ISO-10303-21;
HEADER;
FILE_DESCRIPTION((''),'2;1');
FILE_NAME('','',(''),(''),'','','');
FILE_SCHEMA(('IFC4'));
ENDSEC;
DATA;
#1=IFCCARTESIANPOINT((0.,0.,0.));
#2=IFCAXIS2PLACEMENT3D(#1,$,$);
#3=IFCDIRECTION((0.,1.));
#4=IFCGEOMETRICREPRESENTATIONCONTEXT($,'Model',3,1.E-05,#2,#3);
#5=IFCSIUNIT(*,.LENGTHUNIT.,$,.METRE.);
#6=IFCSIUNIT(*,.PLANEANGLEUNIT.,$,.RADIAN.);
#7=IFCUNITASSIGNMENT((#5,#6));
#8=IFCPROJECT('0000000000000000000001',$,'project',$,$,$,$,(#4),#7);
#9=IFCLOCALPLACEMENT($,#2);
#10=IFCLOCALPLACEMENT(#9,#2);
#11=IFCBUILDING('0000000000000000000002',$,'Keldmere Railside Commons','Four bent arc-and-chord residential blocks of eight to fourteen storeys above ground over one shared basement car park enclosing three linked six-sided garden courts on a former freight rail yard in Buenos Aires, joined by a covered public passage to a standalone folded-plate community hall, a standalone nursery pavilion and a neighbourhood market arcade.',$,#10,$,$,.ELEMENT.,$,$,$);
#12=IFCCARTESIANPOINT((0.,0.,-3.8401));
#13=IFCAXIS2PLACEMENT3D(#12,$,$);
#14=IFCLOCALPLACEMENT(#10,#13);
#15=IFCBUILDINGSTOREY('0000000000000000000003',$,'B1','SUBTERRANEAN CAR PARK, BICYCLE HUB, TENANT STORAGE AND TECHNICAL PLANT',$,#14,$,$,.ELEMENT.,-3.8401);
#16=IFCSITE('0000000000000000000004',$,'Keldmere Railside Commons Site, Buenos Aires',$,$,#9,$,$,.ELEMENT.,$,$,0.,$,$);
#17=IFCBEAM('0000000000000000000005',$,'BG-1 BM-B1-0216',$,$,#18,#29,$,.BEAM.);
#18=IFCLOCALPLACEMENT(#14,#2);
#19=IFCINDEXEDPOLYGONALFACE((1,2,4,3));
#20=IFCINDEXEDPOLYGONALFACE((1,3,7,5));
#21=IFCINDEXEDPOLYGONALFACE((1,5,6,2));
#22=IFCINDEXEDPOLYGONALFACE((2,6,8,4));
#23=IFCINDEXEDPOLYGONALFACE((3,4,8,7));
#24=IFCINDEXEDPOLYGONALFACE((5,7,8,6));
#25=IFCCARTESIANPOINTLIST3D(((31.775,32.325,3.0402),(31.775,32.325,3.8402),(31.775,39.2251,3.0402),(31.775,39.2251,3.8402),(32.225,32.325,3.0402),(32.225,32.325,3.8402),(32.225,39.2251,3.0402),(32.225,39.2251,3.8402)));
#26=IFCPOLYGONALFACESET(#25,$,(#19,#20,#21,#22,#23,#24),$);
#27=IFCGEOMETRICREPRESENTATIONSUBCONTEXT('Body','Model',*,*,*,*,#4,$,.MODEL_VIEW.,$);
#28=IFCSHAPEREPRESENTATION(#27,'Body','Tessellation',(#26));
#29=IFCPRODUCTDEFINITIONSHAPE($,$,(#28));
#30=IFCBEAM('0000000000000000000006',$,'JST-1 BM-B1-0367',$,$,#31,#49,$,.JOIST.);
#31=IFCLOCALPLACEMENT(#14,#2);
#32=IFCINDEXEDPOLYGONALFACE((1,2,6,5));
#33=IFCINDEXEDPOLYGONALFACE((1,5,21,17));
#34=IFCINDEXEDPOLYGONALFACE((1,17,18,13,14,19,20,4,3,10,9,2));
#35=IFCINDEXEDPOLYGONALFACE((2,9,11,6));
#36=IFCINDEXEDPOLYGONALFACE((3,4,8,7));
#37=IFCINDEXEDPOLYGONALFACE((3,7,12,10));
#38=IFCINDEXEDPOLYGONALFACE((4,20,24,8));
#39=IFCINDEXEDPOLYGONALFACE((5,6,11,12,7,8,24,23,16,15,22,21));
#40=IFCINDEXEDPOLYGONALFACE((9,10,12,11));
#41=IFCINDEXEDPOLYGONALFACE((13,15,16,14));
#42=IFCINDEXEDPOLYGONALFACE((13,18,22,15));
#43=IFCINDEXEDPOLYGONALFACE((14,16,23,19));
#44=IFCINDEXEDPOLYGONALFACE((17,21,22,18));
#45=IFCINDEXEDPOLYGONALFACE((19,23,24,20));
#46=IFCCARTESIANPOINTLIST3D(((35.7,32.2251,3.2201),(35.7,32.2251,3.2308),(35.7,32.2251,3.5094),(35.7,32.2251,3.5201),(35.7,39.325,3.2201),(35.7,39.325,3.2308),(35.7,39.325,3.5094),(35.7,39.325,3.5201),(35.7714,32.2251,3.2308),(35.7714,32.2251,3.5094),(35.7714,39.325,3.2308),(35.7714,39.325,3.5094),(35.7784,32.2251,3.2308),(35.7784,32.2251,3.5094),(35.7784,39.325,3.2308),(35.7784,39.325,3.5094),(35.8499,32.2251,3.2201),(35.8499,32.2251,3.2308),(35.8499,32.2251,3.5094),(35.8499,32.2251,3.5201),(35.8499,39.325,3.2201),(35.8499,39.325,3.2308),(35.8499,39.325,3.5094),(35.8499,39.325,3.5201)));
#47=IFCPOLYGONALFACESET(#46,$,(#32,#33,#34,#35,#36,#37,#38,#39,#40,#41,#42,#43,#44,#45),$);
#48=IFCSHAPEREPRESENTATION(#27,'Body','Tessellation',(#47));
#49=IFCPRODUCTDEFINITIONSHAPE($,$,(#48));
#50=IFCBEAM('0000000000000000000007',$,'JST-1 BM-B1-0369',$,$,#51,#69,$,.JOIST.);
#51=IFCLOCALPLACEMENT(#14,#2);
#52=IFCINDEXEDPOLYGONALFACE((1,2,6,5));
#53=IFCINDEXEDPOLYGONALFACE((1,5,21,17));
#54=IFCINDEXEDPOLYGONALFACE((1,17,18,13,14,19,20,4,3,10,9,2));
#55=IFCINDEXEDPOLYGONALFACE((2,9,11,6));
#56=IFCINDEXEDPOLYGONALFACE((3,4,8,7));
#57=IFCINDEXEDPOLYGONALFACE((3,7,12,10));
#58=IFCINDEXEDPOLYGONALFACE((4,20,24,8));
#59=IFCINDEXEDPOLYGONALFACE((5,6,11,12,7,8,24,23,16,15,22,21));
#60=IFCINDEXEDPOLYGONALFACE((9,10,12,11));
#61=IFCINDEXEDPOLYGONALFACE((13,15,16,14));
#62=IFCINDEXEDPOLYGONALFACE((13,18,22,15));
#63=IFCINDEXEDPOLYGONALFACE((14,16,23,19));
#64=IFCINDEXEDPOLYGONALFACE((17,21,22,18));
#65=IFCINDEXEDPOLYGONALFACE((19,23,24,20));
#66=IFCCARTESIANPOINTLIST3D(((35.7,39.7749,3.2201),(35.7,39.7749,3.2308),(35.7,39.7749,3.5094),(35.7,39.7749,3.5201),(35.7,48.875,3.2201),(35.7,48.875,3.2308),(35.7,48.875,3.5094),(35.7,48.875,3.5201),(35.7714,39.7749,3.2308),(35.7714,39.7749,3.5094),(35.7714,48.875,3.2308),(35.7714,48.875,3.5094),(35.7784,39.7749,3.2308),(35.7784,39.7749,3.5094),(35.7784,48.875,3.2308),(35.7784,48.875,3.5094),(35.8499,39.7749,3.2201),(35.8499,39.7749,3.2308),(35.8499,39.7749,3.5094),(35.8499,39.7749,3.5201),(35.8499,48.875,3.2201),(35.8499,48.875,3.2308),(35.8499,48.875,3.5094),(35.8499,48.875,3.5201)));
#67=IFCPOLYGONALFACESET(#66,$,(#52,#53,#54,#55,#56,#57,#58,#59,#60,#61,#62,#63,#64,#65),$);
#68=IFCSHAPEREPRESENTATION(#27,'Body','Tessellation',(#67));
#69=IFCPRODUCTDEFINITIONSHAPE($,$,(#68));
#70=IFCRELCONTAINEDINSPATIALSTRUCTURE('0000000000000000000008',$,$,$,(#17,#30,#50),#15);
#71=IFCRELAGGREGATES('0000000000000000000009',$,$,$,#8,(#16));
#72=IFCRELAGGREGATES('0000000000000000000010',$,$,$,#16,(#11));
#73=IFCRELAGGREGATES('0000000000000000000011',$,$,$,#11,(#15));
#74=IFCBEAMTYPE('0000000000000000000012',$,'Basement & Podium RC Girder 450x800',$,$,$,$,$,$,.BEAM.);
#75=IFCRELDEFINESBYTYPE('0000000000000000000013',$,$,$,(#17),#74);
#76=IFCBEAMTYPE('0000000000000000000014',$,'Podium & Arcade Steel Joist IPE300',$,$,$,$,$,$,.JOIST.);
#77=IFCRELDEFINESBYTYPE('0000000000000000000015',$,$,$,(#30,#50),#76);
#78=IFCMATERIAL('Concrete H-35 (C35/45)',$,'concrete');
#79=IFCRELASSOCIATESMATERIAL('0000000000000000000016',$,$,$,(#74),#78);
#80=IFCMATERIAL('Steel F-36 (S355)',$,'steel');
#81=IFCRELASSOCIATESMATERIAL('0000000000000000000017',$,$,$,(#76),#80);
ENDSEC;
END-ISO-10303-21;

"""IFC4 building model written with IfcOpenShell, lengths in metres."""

from ifc_helpers import new_model, si_unit, direction, frame, origin, origin_2d, place, context, subcontext, project, spatial, rectangle, i_section, extrude, material, material_profile, profile_set, type_object, element, save


model = new_model("IFC4")

# Units and contexts
model_context = context("Model", 3, precision=1e-05, world=origin(), true_north=direction((0.0, 1.0)))
body_context = subcontext(model_context, "Body", "Model", "MODEL_VIEW")
ifc_project = project(units=[si_unit("LENGTHUNIT", "METRE"), si_unit("PLANEANGLEUNIT", "RADIAN")], contexts=[model_context])

# Site, building, storey
site_placement = place(None, origin())
site = spatial("IfcSite", under=ifc_project, at=site_placement, Name="Keldmere Railside Commons Site, Buenos Aires", CompositionType="ELEMENT", RefElevation=0.0)
building_placement = place(site_placement, origin())
building = spatial("IfcBuilding", under=site, at=building_placement, Name="Keldmere Railside Commons", Description="Four bent arc-and-chord residential blocks of eight to fourteen storeys above ground over one shared basement car park enclosing three linked six-sided garden courts on a former freight rail yard in Buenos Aires, joined by a covered public passage to a standalone folded-plate community hall, a standalone nursery pavilion and a neighbourhood market arcade.", CompositionType="ELEMENT")
storey_placement = place(building_placement, frame((0.0, 0.0, -3.8401)))
storey = spatial("IfcBuildingStorey", under=building, at=storey_placement, Name="B1", Description="SUBTERRANEAN CAR PARK, BICYCLE HUB, TENANT STORAGE AND TECHNICAL PLANT", CompositionType="ELEMENT", Elevation=-3.8401)

# Beams
ifc_material_1 = material(Name="Concrete H-35 (C35/45)", Category="concrete")
ifc_material_profile_1 = material_profile(ifc_material_1, rectangle(XDim=0.45, YDim=0.8, at=origin_2d()), Name="RC-450x800")
ifc_profile_set_1 = profile_set([ifc_material_profile_1], Name="Concrete H-35 (C35/45)")
beam_type_1 = type_object("IfcBeamType", Name="Basement & Podium RC Girder 450x800", PredefinedType="BEAM", material=ifc_profile_set_1)
beam_1_placement = place(storey_placement, frame((32.0, 32.325, 3.4402), z_axis=(0.0, 1.0, 0.0), x_axis=(-1.0, 0.0, 0.0)))
element("IfcBeam", 1, at=beam_1_placement, inside=storey, type_object=beam_type_1, Name="BG-1 BM-B1-0216", PredefinedType="BEAM", context=body_context, shape_type="SweptSolid", body=[
    extrude(rectangle(XDim=0.45, YDim=0.8, at=origin_2d()), origin(), (0.0, 0.0, 1.0), 6.9001),
])
ifc_material_2 = material(Name="Steel F-36 (S355)", Category="steel")
ifc_material_profile_2 = material_profile(ifc_material_2, i_section(OverallWidth=0.1499, OverallDepth=0.3, WebThickness=0.0071, FlangeThickness=0.0107, at=origin_2d()), Name="IPE-300")
ifc_profile_set_2 = profile_set([ifc_material_profile_2], Name="Steel F-36 (S355)")
beam_type_2 = type_object("IfcBeamType", Name="Podium & Arcade Steel Joist IPE300", PredefinedType="JOIST", material=ifc_profile_set_2)
beam_2_placement = place(storey_placement, frame((35.7749, 32.2251, 3.3701), z_axis=(0.0, 1.0, 0.0), x_axis=(-1.0, 0.0, 0.0)))
element("IfcBeam", 2, at=beam_2_placement, inside=storey, type_object=beam_type_2, Name="JST-1 BM-B1-0367", PredefinedType="JOIST", context=body_context, shape_type="SweptSolid", body=[
    extrude(i_section(OverallWidth=0.1499, OverallDepth=0.3, WebThickness=0.0071, FlangeThickness=0.0107, at=origin_2d()), origin(), (0.0, 0.0, 1.0), 7.0999),
])
beam_3_placement = place(storey_placement, frame((35.7749, 39.7749, 3.3701), z_axis=(0.0, 1.0, 0.0), x_axis=(-1.0, 0.0, 0.0)))
element("IfcBeam", 3, at=beam_3_placement, inside=storey, type_object=beam_type_2, Name="JST-1 BM-B1-0369", PredefinedType="JOIST", context=body_context, shape_type="SweptSolid", body=[
    extrude(i_section(OverallWidth=0.1499, OverallDepth=0.3, WebThickness=0.0071, FlangeThickness=0.0107, at=origin_2d()), origin(), (0.0, 0.0, 1.0), 9.1001),
])

save(model, "model.ifc")
